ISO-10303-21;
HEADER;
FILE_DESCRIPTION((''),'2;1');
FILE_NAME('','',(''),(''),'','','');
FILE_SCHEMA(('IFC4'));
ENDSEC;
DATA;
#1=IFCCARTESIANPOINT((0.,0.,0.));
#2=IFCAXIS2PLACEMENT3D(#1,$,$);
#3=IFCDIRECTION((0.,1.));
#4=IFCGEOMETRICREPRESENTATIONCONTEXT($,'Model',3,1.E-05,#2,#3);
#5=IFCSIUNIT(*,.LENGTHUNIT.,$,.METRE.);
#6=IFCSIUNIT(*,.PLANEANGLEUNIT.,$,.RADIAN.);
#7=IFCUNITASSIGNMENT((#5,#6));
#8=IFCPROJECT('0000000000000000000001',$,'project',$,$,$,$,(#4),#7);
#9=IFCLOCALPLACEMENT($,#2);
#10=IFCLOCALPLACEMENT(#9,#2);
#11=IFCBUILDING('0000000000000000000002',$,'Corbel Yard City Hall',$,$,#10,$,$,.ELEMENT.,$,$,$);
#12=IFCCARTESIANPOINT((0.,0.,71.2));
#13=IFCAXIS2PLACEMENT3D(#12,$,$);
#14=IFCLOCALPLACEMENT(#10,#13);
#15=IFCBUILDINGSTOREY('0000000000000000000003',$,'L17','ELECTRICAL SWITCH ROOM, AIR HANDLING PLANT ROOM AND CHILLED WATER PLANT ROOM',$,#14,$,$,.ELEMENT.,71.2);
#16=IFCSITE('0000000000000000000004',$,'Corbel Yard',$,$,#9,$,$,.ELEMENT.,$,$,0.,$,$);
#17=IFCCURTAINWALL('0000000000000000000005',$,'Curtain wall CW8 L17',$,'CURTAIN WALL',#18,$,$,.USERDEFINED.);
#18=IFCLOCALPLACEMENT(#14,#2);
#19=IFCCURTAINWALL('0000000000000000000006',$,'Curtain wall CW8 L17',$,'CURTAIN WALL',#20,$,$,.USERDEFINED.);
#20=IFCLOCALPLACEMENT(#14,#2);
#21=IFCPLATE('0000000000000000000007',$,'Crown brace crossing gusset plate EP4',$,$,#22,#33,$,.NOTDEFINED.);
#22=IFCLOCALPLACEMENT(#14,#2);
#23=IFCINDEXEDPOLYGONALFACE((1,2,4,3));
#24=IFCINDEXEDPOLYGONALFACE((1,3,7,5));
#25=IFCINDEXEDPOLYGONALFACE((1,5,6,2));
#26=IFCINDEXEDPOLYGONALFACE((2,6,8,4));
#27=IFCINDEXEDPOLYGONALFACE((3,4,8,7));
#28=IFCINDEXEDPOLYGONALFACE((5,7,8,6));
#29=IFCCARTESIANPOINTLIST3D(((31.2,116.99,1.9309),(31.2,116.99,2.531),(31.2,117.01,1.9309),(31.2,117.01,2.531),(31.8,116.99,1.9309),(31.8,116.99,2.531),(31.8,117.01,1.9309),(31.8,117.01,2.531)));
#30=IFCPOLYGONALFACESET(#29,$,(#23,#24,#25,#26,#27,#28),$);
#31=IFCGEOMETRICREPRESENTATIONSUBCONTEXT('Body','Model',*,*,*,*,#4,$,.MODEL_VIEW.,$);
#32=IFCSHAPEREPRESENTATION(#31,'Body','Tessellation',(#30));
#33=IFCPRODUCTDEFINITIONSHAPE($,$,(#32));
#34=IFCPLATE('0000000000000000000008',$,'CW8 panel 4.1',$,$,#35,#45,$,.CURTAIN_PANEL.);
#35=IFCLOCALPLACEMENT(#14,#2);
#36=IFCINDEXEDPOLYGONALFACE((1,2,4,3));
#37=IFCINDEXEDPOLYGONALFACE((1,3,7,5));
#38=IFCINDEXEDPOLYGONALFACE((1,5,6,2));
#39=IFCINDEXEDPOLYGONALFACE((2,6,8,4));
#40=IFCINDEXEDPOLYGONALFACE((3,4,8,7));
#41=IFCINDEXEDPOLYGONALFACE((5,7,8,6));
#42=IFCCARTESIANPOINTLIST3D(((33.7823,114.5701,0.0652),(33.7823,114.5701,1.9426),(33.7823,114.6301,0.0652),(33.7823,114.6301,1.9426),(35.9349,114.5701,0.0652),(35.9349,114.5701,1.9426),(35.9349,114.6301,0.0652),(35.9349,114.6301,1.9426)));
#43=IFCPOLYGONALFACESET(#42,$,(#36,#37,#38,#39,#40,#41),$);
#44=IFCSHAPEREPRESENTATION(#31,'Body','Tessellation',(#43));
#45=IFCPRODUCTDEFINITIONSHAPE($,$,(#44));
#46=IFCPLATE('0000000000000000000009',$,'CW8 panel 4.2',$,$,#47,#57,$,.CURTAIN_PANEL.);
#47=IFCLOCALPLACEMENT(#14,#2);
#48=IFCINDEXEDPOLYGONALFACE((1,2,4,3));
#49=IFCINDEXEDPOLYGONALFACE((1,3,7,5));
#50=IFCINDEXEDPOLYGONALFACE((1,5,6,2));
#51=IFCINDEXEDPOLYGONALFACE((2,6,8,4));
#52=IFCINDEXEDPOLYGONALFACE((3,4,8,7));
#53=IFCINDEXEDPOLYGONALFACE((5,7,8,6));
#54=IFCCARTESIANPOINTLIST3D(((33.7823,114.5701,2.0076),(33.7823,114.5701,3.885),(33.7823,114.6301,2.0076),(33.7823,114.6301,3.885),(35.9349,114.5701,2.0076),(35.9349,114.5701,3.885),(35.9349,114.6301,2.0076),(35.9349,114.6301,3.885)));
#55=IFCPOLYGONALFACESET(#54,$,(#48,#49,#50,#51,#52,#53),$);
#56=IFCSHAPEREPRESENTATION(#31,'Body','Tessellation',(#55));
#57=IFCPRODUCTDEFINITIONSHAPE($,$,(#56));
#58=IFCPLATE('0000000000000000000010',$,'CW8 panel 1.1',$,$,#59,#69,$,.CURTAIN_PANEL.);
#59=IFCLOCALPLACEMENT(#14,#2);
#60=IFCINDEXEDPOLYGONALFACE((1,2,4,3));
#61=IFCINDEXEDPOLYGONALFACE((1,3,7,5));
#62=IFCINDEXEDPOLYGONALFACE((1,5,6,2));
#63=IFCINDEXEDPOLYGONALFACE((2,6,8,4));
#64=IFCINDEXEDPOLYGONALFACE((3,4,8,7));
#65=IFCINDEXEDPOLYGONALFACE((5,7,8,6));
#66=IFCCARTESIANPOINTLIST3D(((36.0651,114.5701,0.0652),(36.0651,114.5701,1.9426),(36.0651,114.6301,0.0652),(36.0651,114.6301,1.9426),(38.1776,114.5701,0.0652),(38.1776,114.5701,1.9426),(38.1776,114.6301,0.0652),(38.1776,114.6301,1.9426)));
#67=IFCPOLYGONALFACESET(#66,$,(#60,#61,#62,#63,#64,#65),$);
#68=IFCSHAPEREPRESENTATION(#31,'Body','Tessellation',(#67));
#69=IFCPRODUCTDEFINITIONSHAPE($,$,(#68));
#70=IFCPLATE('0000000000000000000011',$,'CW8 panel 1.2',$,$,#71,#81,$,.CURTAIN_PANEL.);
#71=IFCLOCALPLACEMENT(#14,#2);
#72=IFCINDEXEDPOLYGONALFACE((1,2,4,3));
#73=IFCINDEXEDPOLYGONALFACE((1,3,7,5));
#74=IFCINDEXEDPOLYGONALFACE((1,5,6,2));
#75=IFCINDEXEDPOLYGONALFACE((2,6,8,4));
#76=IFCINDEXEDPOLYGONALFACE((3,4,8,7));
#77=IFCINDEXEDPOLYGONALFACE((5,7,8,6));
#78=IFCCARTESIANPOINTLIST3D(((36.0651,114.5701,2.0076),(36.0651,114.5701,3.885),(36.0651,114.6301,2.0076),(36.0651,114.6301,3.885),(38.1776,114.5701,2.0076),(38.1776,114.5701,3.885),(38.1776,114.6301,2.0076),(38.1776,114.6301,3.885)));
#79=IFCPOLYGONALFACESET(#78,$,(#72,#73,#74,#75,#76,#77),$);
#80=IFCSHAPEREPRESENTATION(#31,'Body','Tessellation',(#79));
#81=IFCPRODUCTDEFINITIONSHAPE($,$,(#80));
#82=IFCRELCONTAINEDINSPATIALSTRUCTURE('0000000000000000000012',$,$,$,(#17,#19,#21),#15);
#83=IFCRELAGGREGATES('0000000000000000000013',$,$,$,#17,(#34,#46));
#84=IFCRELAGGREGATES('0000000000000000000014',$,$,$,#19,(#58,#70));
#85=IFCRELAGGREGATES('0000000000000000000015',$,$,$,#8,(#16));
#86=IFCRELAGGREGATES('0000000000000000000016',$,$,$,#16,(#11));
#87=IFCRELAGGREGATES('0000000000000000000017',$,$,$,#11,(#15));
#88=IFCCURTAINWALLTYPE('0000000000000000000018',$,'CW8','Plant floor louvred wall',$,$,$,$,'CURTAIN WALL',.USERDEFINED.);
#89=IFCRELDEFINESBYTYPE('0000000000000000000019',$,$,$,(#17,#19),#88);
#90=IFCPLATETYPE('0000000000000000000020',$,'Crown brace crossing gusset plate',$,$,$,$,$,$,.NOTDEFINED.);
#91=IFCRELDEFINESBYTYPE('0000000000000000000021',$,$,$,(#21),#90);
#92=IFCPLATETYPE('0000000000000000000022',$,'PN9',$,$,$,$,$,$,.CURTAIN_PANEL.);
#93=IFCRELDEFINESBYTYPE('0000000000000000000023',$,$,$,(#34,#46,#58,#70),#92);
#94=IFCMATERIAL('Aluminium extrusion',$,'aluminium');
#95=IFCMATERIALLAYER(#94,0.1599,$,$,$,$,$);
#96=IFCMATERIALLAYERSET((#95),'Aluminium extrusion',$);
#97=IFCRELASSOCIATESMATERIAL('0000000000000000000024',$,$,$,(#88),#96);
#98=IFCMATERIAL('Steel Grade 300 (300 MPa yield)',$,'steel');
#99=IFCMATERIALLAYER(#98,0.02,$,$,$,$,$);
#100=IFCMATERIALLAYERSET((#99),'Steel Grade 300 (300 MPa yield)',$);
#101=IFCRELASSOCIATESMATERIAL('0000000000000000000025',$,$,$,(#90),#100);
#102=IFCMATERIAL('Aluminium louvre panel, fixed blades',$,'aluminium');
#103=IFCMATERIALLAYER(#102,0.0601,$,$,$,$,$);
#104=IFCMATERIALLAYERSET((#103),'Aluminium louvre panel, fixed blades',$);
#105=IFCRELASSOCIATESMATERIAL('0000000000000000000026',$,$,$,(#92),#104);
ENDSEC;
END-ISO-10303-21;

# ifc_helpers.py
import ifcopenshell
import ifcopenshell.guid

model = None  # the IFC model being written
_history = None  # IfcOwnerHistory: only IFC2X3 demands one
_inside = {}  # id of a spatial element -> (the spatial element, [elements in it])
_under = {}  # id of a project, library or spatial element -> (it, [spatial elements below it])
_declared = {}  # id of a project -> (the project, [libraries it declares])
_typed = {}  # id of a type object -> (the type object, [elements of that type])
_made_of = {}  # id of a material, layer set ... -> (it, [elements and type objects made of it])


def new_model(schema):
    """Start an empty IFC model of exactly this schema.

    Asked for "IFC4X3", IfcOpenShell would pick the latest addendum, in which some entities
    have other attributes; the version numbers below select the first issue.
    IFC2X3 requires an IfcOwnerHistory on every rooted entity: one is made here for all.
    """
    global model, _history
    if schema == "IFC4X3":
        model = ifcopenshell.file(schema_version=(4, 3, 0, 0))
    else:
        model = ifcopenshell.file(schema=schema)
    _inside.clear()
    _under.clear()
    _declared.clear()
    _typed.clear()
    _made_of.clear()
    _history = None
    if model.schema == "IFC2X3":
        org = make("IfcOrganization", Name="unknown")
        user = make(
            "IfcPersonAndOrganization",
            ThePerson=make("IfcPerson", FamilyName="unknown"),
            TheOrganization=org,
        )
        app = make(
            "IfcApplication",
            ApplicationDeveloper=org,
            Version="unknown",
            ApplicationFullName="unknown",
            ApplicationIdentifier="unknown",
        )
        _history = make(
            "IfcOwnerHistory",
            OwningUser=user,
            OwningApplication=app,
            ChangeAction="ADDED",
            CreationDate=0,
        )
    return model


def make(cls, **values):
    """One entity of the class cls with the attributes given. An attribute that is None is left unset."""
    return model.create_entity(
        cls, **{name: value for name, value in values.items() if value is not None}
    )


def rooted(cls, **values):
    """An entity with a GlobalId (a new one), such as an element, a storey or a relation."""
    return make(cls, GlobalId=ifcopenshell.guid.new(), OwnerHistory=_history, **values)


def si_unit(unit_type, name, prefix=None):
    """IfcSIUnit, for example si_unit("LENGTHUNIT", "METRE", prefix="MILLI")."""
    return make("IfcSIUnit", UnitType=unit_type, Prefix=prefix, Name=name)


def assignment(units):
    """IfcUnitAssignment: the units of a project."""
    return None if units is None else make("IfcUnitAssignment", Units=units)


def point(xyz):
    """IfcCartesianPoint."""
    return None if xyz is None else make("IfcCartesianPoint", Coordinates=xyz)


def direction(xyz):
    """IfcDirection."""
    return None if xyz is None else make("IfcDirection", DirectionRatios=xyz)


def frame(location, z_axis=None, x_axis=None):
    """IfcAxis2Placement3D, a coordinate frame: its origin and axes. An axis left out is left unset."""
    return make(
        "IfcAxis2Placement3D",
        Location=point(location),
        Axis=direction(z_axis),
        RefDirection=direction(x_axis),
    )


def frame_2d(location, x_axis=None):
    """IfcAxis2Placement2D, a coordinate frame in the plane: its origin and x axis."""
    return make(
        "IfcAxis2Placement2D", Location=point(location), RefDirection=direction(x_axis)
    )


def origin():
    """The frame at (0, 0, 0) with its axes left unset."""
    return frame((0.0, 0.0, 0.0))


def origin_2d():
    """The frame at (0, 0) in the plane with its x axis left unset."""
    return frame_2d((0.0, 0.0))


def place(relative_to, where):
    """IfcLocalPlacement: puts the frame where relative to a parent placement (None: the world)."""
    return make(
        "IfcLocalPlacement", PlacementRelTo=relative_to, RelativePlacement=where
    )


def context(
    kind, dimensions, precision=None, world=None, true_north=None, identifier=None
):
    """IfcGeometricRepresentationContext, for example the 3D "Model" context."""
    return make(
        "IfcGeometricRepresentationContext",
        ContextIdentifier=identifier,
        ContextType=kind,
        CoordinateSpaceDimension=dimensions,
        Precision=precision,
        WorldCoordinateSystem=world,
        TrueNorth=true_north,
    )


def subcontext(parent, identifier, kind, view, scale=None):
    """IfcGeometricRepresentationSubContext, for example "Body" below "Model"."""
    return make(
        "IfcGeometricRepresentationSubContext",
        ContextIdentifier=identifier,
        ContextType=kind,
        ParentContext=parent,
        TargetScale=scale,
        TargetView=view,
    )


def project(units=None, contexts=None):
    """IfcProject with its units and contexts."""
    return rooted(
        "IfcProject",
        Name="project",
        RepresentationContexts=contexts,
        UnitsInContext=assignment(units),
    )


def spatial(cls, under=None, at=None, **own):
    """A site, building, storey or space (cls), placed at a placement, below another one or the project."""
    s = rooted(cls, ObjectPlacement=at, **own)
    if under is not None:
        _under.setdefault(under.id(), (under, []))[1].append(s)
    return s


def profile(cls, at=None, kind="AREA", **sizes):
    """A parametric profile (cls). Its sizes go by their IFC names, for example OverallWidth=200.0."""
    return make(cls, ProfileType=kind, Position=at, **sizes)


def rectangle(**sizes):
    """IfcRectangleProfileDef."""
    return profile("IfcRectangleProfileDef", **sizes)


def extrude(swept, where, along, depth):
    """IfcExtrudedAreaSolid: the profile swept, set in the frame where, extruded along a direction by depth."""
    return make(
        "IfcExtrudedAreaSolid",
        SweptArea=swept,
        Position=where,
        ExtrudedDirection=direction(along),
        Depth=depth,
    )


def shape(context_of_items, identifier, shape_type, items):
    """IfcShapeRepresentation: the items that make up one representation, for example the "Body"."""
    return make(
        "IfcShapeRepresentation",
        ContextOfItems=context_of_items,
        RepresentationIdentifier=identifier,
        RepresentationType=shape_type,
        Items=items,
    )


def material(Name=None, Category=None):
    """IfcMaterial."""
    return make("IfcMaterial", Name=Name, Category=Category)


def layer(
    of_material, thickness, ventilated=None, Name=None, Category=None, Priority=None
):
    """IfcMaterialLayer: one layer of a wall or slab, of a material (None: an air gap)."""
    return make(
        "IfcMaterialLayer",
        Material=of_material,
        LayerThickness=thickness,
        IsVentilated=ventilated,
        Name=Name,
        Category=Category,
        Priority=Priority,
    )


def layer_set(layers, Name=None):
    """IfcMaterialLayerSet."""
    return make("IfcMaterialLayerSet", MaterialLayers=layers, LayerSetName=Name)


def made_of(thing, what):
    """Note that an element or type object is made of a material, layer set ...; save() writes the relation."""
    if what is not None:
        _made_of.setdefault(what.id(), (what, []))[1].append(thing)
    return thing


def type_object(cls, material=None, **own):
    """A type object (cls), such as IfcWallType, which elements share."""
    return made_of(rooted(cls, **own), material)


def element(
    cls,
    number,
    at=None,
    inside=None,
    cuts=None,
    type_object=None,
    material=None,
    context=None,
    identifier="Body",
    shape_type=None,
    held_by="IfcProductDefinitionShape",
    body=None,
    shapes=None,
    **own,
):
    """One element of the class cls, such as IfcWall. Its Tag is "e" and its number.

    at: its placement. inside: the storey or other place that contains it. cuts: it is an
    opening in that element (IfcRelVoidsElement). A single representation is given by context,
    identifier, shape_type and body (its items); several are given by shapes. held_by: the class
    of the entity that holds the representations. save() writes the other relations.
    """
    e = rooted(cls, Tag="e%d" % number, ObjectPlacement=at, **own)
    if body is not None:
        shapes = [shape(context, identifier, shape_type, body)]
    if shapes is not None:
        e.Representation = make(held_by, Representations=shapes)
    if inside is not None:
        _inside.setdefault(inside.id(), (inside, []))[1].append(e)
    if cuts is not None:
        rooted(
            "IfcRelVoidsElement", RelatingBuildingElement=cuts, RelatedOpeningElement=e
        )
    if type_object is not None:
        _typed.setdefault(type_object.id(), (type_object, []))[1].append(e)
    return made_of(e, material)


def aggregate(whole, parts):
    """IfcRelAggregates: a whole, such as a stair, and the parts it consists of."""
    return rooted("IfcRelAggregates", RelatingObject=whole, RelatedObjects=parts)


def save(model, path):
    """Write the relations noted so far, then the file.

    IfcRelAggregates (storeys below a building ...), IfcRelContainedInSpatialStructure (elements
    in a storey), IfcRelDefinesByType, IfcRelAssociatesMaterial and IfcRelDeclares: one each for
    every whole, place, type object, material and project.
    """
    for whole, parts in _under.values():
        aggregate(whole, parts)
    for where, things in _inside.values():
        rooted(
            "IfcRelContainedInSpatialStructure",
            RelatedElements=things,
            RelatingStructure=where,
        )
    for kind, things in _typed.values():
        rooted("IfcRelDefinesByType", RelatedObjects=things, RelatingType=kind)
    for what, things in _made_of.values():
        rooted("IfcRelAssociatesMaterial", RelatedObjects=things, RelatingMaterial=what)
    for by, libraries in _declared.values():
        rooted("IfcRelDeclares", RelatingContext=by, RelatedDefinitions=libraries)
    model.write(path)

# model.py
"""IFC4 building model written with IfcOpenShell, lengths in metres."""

from ifc_helpers import new_model, si_unit, direction, frame, origin, origin_2d, place, context, subcontext, project, spatial, rectangle, extrude, material, layer, layer_set, type_object, element, aggregate, save


model = new_model("IFC4")

# Units and contexts
model_context = context("Model", 3, precision=1e-05, world=origin(), true_north=direction((0.0, 1.0)))
body_context = subcontext(model_context, "Body", "Model", "MODEL_VIEW")
ifc_project = project(units=[si_unit("LENGTHUNIT", "METRE"), si_unit("PLANEANGLEUNIT", "RADIAN")], contexts=[model_context])

# Site, building, storey
site_placement = place(None, origin())
site = spatial("IfcSite", under=ifc_project, at=site_placement, Name="Corbel Yard", CompositionType="ELEMENT", RefElevation=0.0)
building_placement = place(site_placement, origin())
building = spatial("IfcBuilding", under=site, at=building_placement, Name="Corbel Yard City Hall", CompositionType="ELEMENT")
storey_placement = place(building_placement, frame((0.0, 0.0, 71.2)))
storey = spatial("IfcBuildingStorey", under=building, at=storey_placement, Name="L17", Description="ELECTRICAL SWITCH ROOM, AIR HANDLING PLANT ROOM AND CHILLED WATER PLANT ROOM", CompositionType="ELEMENT", Elevation=71.2)

# Shared definitions
ifc_material_1 = material(Name="Steel Grade 300 (300 MPa yield)", Category="steel")

# Curtain wall
ifc_material_2 = material(Name="Aluminium extrusion", Category="aluminium")
ifc_layer_1 = layer(ifc_material_2, 0.1599)
ifc_layer_set_1 = layer_set([ifc_layer_1], Name="Aluminium extrusion")
curtain_wall_type = type_object("IfcCurtainWallType", Name="CW8", Description="Plant floor louvred wall", ElementType="CURTAIN WALL", PredefinedType="USERDEFINED", material=ifc_layer_set_1)
curtain_wall_1_placement = place(storey_placement, origin())
curtain_wall_1 = element("IfcCurtainWall", 1, at=curtain_wall_1_placement, inside=storey, type_object=curtain_wall_type, Name="Curtain wall CW8 L17", ObjectType="CURTAIN WALL", PredefinedType="USERDEFINED")

# Curtain wall
curtain_wall_2_placement = place(storey_placement, origin())
curtain_wall_2 = element("IfcCurtainWall", 2, at=curtain_wall_2_placement, inside=storey, type_object=curtain_wall_type, Name="Curtain wall CW8 L17", ObjectType="CURTAIN WALL", PredefinedType="USERDEFINED")

# Plates
ifc_layer_2 = layer(ifc_material_1, 0.02)
ifc_layer_set_2 = layer_set([ifc_layer_2], Name="Steel Grade 300 (300 MPa yield)")
plate_type_1 = type_object("IfcPlateType", Name="Crown brace crossing gusset plate", PredefinedType="NOTDEFINED", material=ifc_layer_set_2)
plate_1_placement = place(storey_placement, frame((31.5, 117.0, 1.9309), z_axis=(0.0, 0.0, 1.0), x_axis=(1.0, 0.0, 0.0)))
element("IfcPlate", 3, at=plate_1_placement, inside=storey, type_object=plate_type_1, Name="Crown brace crossing gusset plate EP4", PredefinedType="NOTDEFINED", context=body_context, shape_type="SweptSolid", body=[
    extrude(rectangle(XDim=0.6001, YDim=0.02, at=origin_2d()), origin(), (0.0, 0.0, 1.0), 0.6001),
])
ifc_material_3 = material(Name="Aluminium louvre panel, fixed blades", Category="aluminium")
ifc_layer_3 = layer(ifc_material_3, 0.0601)
ifc_layer_set_3 = layer_set([ifc_layer_3], Name="Aluminium louvre panel, fixed blades")
plate_type_2 = type_object("IfcPlateType", Name="PN9", PredefinedType="CURTAIN_PANEL", material=ifc_layer_set_3)
plate_2_placement = place(storey_placement, frame((34.8586, 114.6001, 0.0652), z_axis=(0.0, 0.0, 1.0), x_axis=(1.0, 0.0, 0.0)))
plate_2 = element("IfcPlate", 4, at=plate_2_placement, type_object=plate_type_2, Name="CW8 panel 4.1", PredefinedType="CURTAIN_PANEL", context=body_context, shape_type="SweptSolid", body=[
    extrude(rectangle(XDim=2.1526, YDim=0.0601, at=origin_2d()), origin(), (0.0, 0.0, 1.0), 1.8774),
])
plate_3_placement = place(storey_placement, frame((34.8586, 114.6001, 2.0076), z_axis=(0.0, 0.0, 1.0), x_axis=(1.0, 0.0, 0.0)))
plate_3 = element("IfcPlate", 5, at=plate_3_placement, type_object=plate_type_2, Name="CW8 panel 4.2", PredefinedType="CURTAIN_PANEL", context=body_context, shape_type="SweptSolid", body=[
    extrude(rectangle(XDim=2.1526, YDim=0.0601, at=origin_2d()), origin(), (0.0, 0.0, 1.0), 1.8774),
])
aggregate(curtain_wall_1, [plate_2, plate_3])
plate_4_placement = place(storey_placement, frame((37.1213, 114.6001, 0.0652), z_axis=(0.0, 0.0, 1.0), x_axis=(1.0, 0.0, 0.0)))
plate_4 = element("IfcPlate", 6, at=plate_4_placement, type_object=plate_type_2, Name="CW8 panel 1.1", PredefinedType="CURTAIN_PANEL", context=body_context, shape_type="SweptSolid", body=[
    extrude(rectangle(XDim=2.1125, YDim=0.0601, at=origin_2d()), origin(), (0.0, 0.0, 1.0), 1.8774),
])
plate_5_placement = place(storey_placement, frame((37.1213, 114.6001, 2.0076), z_axis=(0.0, 0.0, 1.0), x_axis=(1.0, 0.0, 0.0)))
plate_5 = element("IfcPlate", 7, at=plate_5_placement, type_object=plate_type_2, Name="CW8 panel 1.2", PredefinedType="CURTAIN_PANEL", context=body_context, shape_type="SweptSolid", body=[
    extrude(rectangle(XDim=2.1125, YDim=0.0601, at=origin_2d()), origin(), (0.0, 0.0, 1.0), 1.8774),
])
aggregate(curtain_wall_2, [plate_4, plate_5])

save(model, "model.ifc")
